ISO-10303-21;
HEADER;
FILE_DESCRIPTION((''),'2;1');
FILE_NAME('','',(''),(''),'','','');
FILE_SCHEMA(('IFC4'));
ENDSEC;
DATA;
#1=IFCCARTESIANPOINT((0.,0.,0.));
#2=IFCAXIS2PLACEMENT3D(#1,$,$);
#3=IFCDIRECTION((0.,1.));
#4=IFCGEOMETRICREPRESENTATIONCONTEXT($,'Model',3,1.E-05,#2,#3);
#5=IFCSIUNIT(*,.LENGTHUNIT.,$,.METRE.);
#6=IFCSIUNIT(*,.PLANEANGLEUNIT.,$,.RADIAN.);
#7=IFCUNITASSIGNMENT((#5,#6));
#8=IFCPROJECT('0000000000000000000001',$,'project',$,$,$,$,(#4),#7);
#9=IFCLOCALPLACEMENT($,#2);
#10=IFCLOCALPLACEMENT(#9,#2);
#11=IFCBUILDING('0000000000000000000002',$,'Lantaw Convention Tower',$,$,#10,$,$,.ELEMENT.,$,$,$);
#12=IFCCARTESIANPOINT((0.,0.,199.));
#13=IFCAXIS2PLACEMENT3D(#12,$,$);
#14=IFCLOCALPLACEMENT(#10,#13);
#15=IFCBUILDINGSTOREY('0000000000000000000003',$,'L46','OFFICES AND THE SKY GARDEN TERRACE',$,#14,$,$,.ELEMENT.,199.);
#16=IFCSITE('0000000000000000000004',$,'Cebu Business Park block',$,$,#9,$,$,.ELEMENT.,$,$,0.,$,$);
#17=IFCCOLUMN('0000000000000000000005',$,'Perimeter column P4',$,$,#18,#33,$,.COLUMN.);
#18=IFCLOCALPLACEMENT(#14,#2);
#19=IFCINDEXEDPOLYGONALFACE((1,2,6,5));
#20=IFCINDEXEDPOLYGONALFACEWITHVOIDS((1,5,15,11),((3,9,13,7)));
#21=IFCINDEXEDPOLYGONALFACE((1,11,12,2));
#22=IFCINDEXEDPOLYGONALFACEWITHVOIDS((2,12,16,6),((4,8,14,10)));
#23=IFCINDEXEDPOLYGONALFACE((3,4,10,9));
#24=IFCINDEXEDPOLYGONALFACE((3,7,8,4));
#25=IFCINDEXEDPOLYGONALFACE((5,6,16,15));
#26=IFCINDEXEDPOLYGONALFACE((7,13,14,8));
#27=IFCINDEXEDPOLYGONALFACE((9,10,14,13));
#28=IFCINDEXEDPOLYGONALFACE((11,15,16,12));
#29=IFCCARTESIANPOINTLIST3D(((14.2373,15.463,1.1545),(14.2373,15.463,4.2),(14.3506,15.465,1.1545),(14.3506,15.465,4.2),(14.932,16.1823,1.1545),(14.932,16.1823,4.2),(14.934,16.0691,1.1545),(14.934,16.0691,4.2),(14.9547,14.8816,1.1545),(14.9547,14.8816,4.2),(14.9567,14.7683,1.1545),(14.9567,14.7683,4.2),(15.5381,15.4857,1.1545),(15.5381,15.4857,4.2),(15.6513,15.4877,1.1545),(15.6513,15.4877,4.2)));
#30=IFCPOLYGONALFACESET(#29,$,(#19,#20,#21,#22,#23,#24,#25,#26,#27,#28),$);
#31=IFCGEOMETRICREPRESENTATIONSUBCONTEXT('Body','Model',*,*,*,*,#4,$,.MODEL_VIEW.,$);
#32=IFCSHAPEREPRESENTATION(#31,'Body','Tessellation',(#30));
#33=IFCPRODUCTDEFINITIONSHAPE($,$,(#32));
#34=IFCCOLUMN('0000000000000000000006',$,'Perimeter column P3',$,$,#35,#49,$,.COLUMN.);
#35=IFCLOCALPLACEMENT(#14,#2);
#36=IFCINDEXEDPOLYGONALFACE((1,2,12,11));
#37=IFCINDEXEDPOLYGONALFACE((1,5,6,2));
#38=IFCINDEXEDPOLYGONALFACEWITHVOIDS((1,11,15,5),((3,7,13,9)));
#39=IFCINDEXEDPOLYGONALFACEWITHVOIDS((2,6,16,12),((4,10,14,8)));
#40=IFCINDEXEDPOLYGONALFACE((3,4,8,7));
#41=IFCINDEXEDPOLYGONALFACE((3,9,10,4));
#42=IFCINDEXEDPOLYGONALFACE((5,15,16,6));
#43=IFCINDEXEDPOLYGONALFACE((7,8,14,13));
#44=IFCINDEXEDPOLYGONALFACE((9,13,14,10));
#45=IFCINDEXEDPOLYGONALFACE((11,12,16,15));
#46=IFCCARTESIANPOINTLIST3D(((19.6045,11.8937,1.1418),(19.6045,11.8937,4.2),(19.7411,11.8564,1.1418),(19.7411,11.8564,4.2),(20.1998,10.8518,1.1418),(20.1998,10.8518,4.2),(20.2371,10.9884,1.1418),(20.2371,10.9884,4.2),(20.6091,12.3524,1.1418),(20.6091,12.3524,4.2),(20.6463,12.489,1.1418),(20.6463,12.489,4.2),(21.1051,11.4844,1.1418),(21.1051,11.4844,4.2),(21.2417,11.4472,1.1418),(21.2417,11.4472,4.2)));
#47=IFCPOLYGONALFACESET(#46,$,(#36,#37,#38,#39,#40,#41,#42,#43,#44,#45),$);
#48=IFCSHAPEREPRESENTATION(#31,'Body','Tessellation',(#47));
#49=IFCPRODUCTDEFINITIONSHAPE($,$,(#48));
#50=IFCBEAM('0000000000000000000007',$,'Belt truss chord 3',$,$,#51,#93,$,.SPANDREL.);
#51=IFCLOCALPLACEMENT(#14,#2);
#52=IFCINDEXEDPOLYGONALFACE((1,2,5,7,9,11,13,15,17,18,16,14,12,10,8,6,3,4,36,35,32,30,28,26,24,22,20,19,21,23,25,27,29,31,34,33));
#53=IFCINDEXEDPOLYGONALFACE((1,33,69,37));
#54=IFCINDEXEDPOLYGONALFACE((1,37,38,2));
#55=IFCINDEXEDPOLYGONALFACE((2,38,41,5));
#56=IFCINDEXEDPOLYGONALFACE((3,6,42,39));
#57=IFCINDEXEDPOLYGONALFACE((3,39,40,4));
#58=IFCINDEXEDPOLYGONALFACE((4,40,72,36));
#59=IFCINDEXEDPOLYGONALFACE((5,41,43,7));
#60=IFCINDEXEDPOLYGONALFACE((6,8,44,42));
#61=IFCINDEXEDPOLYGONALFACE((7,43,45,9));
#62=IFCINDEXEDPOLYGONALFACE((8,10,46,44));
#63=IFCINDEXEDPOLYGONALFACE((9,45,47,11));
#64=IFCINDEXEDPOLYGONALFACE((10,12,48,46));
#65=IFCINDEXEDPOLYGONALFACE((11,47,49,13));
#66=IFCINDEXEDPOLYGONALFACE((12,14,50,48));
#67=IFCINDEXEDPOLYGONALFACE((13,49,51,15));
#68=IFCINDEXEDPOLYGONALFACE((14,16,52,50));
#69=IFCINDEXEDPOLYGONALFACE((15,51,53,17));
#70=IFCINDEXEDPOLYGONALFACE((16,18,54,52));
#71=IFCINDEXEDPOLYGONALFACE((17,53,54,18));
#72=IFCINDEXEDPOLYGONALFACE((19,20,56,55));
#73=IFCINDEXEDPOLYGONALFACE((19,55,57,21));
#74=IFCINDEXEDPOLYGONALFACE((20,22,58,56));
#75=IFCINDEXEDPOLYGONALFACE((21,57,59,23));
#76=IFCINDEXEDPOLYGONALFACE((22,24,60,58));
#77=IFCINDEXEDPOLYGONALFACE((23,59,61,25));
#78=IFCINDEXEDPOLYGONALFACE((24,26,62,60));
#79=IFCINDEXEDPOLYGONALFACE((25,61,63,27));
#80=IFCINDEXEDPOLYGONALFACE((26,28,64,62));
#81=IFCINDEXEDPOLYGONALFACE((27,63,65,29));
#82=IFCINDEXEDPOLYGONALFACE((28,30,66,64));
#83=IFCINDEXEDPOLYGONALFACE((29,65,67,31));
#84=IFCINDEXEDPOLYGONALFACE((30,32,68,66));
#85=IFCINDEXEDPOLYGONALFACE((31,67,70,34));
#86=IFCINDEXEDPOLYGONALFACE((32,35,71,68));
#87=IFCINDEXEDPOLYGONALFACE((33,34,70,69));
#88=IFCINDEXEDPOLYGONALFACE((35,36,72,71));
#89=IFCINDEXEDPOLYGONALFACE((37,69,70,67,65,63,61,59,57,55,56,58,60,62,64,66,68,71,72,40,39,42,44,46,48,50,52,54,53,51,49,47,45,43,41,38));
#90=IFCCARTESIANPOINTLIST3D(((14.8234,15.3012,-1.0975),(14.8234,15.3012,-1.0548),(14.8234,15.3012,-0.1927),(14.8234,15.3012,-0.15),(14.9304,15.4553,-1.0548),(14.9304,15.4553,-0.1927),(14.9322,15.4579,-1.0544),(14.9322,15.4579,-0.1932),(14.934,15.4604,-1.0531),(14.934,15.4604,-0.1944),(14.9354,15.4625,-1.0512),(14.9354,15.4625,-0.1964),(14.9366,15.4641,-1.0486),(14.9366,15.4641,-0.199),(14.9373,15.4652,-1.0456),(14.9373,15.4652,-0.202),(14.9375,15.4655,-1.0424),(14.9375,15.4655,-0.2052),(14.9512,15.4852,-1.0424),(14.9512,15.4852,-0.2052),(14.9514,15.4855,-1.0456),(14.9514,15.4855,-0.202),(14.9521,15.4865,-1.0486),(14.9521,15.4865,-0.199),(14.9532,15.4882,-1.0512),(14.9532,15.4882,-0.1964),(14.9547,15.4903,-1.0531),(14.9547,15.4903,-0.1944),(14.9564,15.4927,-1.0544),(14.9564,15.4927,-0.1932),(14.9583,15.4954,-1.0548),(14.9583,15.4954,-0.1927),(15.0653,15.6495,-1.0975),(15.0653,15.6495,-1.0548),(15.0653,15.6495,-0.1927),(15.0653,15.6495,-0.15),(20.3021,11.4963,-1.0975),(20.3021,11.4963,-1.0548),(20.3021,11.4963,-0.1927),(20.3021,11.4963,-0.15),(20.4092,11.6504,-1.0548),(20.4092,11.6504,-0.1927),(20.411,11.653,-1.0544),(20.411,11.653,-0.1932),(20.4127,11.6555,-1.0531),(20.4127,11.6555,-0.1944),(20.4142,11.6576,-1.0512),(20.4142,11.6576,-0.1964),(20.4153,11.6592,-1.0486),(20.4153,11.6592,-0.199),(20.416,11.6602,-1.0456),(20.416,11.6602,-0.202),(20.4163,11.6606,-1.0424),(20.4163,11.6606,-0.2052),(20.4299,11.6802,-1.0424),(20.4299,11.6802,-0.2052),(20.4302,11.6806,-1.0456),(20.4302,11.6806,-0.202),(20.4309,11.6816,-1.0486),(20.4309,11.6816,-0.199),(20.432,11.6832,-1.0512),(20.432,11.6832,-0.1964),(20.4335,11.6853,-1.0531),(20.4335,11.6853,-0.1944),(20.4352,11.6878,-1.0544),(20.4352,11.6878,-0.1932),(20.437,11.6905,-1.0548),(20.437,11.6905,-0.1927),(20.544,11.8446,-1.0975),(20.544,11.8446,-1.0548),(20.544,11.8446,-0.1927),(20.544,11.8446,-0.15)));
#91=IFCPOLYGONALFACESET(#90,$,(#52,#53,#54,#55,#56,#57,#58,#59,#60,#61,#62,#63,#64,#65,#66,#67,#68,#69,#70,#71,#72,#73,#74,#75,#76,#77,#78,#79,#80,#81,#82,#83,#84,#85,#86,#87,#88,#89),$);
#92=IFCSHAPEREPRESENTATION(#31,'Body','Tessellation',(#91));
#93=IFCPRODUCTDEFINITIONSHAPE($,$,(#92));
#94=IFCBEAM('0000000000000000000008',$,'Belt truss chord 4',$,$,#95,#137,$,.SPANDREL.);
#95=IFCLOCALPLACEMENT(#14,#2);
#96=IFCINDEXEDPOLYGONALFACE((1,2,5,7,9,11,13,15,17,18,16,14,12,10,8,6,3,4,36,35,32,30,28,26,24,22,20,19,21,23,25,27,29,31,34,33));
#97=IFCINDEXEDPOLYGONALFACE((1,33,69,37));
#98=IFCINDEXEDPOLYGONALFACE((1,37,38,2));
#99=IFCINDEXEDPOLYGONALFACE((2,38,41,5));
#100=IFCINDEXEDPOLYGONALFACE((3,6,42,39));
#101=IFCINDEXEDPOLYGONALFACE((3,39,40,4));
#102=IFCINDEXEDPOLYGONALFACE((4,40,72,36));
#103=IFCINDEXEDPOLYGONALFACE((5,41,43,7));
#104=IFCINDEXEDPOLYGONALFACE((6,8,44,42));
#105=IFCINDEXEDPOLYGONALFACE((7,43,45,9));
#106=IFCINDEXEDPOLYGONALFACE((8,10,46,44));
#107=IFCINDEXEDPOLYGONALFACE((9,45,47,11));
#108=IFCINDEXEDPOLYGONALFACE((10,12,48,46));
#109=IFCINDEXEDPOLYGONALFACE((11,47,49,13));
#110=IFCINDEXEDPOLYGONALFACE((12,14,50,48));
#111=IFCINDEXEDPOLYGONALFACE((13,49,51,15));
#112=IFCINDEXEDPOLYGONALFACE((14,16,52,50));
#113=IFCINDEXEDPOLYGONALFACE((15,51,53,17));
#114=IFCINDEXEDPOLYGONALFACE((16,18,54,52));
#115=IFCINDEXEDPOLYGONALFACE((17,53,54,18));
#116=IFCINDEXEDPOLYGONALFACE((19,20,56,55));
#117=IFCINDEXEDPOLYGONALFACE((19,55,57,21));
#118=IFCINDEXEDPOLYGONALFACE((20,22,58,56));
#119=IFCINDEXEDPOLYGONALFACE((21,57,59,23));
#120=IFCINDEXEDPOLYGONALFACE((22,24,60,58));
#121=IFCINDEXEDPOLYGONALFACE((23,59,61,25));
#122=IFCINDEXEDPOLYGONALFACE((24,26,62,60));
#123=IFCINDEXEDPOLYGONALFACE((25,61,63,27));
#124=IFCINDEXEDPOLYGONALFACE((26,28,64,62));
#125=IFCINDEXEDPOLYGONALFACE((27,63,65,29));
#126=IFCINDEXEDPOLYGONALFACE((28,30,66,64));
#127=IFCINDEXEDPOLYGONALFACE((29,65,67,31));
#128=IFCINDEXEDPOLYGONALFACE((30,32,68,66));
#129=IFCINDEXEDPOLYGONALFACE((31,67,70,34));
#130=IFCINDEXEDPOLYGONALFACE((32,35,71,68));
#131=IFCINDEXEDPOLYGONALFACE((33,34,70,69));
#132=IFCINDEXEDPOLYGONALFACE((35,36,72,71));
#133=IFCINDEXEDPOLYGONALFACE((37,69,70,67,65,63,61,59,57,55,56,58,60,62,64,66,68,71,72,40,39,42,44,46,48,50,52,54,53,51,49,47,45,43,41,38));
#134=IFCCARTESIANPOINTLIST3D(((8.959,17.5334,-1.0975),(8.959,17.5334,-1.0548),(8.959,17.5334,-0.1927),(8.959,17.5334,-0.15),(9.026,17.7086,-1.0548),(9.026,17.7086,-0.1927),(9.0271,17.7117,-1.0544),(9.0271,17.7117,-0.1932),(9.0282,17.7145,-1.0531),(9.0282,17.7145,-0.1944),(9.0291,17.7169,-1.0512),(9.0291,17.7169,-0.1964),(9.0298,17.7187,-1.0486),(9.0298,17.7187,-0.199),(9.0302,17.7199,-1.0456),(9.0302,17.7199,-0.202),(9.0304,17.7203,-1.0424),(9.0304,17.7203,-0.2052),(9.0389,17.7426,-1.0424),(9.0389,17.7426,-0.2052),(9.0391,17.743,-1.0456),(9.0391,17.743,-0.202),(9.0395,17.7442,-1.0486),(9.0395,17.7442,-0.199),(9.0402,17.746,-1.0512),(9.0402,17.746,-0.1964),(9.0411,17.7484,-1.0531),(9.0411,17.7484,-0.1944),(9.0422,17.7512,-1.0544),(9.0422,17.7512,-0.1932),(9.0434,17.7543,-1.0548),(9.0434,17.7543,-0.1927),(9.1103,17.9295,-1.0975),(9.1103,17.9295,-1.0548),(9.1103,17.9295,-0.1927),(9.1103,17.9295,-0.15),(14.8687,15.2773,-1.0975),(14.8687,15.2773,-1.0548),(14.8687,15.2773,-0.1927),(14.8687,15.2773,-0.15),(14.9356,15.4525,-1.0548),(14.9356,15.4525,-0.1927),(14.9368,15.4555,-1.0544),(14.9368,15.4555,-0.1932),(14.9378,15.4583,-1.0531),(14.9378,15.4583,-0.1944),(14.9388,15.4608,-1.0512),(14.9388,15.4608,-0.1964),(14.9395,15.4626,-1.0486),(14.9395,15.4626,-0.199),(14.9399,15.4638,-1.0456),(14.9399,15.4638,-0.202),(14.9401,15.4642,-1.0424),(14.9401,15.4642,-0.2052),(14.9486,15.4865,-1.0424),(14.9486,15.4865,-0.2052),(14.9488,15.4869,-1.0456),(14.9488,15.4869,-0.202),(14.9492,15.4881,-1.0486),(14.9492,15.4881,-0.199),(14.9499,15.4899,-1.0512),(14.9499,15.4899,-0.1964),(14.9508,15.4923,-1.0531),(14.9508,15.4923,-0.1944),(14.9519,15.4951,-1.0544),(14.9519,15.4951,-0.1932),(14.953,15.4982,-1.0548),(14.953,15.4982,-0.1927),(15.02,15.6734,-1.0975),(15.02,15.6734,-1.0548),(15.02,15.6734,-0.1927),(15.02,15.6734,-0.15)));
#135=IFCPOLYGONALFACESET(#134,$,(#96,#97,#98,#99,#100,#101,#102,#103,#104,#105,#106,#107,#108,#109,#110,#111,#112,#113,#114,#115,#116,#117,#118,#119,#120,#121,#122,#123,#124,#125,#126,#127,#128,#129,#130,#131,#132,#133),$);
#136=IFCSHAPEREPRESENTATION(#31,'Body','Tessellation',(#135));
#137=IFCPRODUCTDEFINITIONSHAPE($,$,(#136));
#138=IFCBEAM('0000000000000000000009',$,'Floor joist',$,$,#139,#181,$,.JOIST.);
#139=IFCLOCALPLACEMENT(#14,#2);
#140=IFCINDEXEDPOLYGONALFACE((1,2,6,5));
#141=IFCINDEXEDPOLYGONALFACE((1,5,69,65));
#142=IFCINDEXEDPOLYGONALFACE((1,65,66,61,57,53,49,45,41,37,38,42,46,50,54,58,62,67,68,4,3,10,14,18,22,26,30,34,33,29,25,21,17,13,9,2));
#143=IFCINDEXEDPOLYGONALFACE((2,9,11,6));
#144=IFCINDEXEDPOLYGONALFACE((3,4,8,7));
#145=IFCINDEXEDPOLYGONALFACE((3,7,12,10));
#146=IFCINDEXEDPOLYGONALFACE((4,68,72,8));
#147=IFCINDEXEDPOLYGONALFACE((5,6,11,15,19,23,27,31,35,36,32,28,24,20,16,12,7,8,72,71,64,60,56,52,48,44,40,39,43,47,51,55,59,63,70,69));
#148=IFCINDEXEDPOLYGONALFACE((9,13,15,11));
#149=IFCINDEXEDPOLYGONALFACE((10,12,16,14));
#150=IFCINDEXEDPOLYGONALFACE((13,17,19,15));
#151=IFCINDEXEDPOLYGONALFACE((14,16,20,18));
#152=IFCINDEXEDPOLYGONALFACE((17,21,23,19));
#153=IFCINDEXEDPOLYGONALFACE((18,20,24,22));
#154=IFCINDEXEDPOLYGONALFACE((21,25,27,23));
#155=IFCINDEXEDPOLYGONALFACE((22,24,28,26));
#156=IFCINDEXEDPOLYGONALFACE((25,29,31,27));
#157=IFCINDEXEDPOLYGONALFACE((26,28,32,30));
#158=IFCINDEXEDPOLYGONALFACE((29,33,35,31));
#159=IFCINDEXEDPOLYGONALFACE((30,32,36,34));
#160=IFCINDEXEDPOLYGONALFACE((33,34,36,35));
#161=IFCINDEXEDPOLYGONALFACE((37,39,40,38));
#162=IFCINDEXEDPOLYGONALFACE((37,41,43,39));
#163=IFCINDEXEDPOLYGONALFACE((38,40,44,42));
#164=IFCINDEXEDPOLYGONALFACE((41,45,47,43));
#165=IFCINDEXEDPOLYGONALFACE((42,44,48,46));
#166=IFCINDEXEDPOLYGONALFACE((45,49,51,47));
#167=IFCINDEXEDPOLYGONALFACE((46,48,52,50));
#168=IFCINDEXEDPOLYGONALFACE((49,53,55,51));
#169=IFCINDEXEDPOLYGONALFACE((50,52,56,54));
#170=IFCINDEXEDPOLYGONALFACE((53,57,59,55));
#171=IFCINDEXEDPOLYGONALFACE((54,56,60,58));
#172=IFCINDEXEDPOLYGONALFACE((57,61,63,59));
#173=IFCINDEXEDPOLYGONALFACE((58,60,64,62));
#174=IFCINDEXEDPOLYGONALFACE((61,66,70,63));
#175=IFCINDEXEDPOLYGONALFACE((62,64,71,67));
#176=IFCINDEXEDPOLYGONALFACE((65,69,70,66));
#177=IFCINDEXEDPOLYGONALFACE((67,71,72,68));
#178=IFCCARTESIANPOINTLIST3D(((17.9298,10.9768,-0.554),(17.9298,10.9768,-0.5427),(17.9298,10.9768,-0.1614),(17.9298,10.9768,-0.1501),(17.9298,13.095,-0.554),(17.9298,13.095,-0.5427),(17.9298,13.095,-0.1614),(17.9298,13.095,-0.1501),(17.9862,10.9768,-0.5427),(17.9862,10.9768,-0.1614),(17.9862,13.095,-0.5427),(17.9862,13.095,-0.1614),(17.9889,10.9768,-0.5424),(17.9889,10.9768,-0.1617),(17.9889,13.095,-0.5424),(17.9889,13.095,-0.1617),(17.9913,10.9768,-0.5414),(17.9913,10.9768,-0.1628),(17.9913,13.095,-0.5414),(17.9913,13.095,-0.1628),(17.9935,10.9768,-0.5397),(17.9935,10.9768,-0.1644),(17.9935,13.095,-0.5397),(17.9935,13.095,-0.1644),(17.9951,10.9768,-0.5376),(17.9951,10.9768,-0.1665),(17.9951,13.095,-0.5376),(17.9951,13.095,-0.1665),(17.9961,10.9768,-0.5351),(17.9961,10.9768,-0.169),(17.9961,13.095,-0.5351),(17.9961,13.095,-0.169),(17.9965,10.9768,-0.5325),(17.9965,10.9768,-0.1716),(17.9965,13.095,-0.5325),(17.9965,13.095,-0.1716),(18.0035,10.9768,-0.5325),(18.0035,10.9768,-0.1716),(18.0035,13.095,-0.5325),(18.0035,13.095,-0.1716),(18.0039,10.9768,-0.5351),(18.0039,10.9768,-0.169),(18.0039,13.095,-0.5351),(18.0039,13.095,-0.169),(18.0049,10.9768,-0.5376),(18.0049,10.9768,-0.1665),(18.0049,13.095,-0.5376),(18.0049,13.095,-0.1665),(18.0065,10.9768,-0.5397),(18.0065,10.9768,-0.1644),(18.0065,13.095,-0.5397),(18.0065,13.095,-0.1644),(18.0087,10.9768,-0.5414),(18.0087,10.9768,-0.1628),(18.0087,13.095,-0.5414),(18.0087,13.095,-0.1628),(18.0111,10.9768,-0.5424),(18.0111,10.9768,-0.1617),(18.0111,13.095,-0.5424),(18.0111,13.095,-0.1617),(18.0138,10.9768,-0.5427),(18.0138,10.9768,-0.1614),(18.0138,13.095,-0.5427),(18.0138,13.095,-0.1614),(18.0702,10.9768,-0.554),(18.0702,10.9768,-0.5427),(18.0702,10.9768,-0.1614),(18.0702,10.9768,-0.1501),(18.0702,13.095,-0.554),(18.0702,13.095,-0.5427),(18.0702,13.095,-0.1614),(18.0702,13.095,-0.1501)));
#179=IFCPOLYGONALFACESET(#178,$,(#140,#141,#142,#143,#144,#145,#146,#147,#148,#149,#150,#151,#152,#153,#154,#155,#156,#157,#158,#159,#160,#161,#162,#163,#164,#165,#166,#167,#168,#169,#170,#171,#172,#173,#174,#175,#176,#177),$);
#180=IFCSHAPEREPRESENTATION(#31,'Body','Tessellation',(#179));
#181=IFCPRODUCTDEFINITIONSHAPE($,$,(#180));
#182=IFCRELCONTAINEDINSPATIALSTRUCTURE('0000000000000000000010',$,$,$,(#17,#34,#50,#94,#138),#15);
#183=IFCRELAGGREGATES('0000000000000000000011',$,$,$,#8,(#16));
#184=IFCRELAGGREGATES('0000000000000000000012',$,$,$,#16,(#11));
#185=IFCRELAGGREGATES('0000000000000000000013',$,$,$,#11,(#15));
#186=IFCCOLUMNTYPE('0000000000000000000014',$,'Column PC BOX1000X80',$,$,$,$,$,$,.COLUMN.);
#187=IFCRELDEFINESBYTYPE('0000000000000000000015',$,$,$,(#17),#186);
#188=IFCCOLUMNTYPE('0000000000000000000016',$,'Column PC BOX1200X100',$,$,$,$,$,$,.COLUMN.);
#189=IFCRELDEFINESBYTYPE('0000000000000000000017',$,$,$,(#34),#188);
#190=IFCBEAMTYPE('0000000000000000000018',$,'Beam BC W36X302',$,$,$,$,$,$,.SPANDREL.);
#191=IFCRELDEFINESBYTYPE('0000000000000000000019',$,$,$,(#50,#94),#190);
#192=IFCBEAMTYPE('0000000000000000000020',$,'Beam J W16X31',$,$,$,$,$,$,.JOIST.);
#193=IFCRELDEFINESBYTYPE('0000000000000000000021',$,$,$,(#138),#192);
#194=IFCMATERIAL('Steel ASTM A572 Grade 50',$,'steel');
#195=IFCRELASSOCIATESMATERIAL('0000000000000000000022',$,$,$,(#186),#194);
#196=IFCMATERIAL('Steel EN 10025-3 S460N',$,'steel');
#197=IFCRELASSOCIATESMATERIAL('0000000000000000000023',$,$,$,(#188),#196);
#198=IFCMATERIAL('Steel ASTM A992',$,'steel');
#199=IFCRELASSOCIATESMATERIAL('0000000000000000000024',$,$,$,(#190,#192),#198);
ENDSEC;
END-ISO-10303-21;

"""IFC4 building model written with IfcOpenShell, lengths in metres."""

from ifc_helpers import new_model, si_unit, direction, frame, origin, origin_2d, place, context, subcontext, project, spatial, rectangle, hollow_rectangle, i_section, extrude, material, material_profile, profile_set, type_object, element, save


model = new_model("IFC4")

# Units and contexts
model_context = context("Model", 3, precision=1e-05, world=origin(), true_north=direction((0.0, 1.0)))
body_context = subcontext(model_context, "Body", "Model", "MODEL_VIEW")
ifc_project = project(units=[si_unit("LENGTHUNIT", "METRE"), si_unit("PLANEANGLEUNIT", "RADIAN")], contexts=[model_context])

# Site, building, storey
site_placement = place(None, origin())
site = spatial("IfcSite", under=ifc_project, at=site_placement, Name="Cebu Business Park block", CompositionType="ELEMENT", RefElevation=0.0)
building_placement = place(site_placement, origin())
building = spatial("IfcBuilding", under=site, at=building_placement, Name="Lantaw Convention Tower", CompositionType="ELEMENT")
storey_placement = place(building_placement, frame((0.0, 0.0, 199.0)))
storey = spatial("IfcBuildingStorey", under=building, at=storey_placement, Name="L46", Description="OFFICES AND THE SKY GARDEN TERRACE", CompositionType="ELEMENT", Elevation=199.0)

# Columns
ifc_material_1 = material(Name="Steel ASTM A572 Grade 50", Category="steel")
ifc_material_profile_1 = material_profile(ifc_material_1, hollow_rectangle(XDim=1.0, YDim=1.0, WallThickness=0.0801, at=origin_2d()), Name="BOX1000X80")
ifc_material_2 = material(Name="Concrete C60/75", Category="concrete")
ifc_material_profile_2 = material_profile(ifc_material_2, rectangle(XDim=0.8401, YDim=0.8401, at=origin_2d()), Name="Concrete fill of BOX1000X80")
ifc_profile_set_1 = profile_set([ifc_material_profile_1, ifc_material_profile_2], Name="Steel ASTM A572 Grade 50")
column_type_1 = type_object("IfcColumnType", Name="Column PC BOX1000X80", PredefinedType="COLUMN", material=ifc_profile_set_1)
column_1_placement = place(storey_placement, frame((14.9443, 15.4753, 1.1545), z_axis=(0.0, 0.0, 1.0), x_axis=(0.694658, 0.71934, 0.0)))
element("IfcColumn", 1, at=column_1_placement, inside=storey, type_object=column_type_1, Name="Perimeter column P4", PredefinedType="COLUMN", context=body_context, shape_type="SweptSolid", body=[
    extrude(hollow_rectangle(XDim=1.0, YDim=1.0, WallThickness=0.0801, at=origin_2d()), origin(), (0.0, 0.0, 1.0), 3.0454),
])
ifc_material_3 = material(Name="Steel EN 10025-3 S460N", Category="steel")
ifc_material_profile_3 = material_profile(ifc_material_3, hollow_rectangle(XDim=1.2, YDim=1.2, WallThickness=0.1001, at=origin_2d()), Name="BOX1200X100")
ifc_material_profile_4 = material_profile(ifc_material_2, rectangle(XDim=1.0, YDim=1.0, at=origin_2d()), Name="Concrete fill of BOX1200X100")
ifc_profile_set_2 = profile_set([ifc_material_profile_3, ifc_material_profile_4], Name="Steel EN 10025-3 S460N")
column_type_2 = type_object("IfcColumnType", Name="Column PC BOX1200X100", PredefinedType="COLUMN", material=ifc_profile_set_2)
column_2_placement = place(storey_placement, frame((20.4231, 11.6704, 1.1418), z_axis=(0.0, 0.0, 1.0), x_axis=(0.868243, 0.496139, 0.0)))
element("IfcColumn", 2, at=column_2_placement, inside=storey, type_object=column_type_2, Name="Perimeter column P3", PredefinedType="COLUMN", context=body_context, shape_type="SweptSolid", body=[
    extrude(hollow_rectangle(XDim=1.2, YDim=1.2, WallThickness=0.1001, at=origin_2d()), origin(), (0.0, 0.0, 1.0), 3.0581),
])

# Beams
ifc_material_4 = material(Name="Steel ASTM A992", Category="steel")
ifc_material_profile_5 = material_profile(ifc_material_4, i_section(OverallWidth=0.4241, OverallDepth=0.9475, WebThickness=0.0239, FlangeThickness=0.0427, FilletRadius=0.0125, at=origin_2d()), Name="W36X302")
ifc_profile_set_3 = profile_set([ifc_material_profile_5], Name="Steel ASTM A992")
beam_type_1 = type_object("IfcBeamType", Name="Beam BC W36X302", PredefinedType="SPANDREL", material=ifc_profile_set_3)
beam_1_placement = place(storey_placement, frame((20.4231, 11.6704, -0.6238), z_axis=(-0.821353, 0.57042, 0.0), x_axis=(-0.57042, -0.821353, 0.0)))
element("IfcBeam", 3, at=beam_1_placement, inside=storey, type_object=beam_type_1, Name="Belt truss chord 3", PredefinedType="SPANDREL", context=body_context, shape_type="SweptSolid", body=[
    extrude(i_section(OverallWidth=0.4241, OverallDepth=0.9475, WebThickness=0.0239, FlangeThickness=0.0427, FilletRadius=0.0125, at=origin_2d()), origin(), (0.0, 0.0, 1.0), 6.6704),
])
beam_2_placement = place(storey_placement, frame((14.9443, 15.4753, -0.6238), z_axis=(-0.934235, 0.356658, 0.0), x_axis=(-0.356658, -0.934235, 0.0)))
element("IfcBeam", 4, at=beam_2_placement, inside=storey, type_object=beam_type_1, Name="Belt truss chord 4", PredefinedType="SPANDREL", context=body_context, shape_type="SweptSolid", body=[
    extrude(i_section(OverallWidth=0.4241, OverallDepth=0.9475, WebThickness=0.0239, FlangeThickness=0.0427, FilletRadius=0.0125, at=origin_2d()), origin(), (0.0, 0.0, 1.0), 6.3257),
])
ifc_material_profile_6 = material_profile(ifc_material_4, i_section(OverallWidth=0.1404, OverallDepth=0.4038, WebThickness=0.0071, FlangeThickness=0.0112, FilletRadius=0.0103, at=origin_2d()), Name="W16X31")
ifc_profile_set_4 = profile_set([ifc_material_profile_6], Name="Steel ASTM A992")
beam_type_2 = type_object("IfcBeamType", Name="Beam J W16X31", PredefinedType="JOIST", material=ifc_profile_set_4)
beam_3_placement = place(storey_placement, frame((18.0, 10.9768, -0.3521), z_axis=(0.0, 1.0, 0.0), x_axis=(-1.0, 0.0, 0.0)))
element("IfcBeam", 5, at=beam_3_placement, inside=storey, type_object=beam_type_2, Name="Floor joist", PredefinedType="JOIST", context=body_context, shape_type="SweptSolid", body=[
    extrude(i_section(OverallWidth=0.1404, OverallDepth=0.4038, WebThickness=0.0071, FlangeThickness=0.0112, FilletRadius=0.0103, at=origin_2d()), origin(), (0.0, 0.0, 1.0), 2.1182),
])

save(model, "model.ifc")
